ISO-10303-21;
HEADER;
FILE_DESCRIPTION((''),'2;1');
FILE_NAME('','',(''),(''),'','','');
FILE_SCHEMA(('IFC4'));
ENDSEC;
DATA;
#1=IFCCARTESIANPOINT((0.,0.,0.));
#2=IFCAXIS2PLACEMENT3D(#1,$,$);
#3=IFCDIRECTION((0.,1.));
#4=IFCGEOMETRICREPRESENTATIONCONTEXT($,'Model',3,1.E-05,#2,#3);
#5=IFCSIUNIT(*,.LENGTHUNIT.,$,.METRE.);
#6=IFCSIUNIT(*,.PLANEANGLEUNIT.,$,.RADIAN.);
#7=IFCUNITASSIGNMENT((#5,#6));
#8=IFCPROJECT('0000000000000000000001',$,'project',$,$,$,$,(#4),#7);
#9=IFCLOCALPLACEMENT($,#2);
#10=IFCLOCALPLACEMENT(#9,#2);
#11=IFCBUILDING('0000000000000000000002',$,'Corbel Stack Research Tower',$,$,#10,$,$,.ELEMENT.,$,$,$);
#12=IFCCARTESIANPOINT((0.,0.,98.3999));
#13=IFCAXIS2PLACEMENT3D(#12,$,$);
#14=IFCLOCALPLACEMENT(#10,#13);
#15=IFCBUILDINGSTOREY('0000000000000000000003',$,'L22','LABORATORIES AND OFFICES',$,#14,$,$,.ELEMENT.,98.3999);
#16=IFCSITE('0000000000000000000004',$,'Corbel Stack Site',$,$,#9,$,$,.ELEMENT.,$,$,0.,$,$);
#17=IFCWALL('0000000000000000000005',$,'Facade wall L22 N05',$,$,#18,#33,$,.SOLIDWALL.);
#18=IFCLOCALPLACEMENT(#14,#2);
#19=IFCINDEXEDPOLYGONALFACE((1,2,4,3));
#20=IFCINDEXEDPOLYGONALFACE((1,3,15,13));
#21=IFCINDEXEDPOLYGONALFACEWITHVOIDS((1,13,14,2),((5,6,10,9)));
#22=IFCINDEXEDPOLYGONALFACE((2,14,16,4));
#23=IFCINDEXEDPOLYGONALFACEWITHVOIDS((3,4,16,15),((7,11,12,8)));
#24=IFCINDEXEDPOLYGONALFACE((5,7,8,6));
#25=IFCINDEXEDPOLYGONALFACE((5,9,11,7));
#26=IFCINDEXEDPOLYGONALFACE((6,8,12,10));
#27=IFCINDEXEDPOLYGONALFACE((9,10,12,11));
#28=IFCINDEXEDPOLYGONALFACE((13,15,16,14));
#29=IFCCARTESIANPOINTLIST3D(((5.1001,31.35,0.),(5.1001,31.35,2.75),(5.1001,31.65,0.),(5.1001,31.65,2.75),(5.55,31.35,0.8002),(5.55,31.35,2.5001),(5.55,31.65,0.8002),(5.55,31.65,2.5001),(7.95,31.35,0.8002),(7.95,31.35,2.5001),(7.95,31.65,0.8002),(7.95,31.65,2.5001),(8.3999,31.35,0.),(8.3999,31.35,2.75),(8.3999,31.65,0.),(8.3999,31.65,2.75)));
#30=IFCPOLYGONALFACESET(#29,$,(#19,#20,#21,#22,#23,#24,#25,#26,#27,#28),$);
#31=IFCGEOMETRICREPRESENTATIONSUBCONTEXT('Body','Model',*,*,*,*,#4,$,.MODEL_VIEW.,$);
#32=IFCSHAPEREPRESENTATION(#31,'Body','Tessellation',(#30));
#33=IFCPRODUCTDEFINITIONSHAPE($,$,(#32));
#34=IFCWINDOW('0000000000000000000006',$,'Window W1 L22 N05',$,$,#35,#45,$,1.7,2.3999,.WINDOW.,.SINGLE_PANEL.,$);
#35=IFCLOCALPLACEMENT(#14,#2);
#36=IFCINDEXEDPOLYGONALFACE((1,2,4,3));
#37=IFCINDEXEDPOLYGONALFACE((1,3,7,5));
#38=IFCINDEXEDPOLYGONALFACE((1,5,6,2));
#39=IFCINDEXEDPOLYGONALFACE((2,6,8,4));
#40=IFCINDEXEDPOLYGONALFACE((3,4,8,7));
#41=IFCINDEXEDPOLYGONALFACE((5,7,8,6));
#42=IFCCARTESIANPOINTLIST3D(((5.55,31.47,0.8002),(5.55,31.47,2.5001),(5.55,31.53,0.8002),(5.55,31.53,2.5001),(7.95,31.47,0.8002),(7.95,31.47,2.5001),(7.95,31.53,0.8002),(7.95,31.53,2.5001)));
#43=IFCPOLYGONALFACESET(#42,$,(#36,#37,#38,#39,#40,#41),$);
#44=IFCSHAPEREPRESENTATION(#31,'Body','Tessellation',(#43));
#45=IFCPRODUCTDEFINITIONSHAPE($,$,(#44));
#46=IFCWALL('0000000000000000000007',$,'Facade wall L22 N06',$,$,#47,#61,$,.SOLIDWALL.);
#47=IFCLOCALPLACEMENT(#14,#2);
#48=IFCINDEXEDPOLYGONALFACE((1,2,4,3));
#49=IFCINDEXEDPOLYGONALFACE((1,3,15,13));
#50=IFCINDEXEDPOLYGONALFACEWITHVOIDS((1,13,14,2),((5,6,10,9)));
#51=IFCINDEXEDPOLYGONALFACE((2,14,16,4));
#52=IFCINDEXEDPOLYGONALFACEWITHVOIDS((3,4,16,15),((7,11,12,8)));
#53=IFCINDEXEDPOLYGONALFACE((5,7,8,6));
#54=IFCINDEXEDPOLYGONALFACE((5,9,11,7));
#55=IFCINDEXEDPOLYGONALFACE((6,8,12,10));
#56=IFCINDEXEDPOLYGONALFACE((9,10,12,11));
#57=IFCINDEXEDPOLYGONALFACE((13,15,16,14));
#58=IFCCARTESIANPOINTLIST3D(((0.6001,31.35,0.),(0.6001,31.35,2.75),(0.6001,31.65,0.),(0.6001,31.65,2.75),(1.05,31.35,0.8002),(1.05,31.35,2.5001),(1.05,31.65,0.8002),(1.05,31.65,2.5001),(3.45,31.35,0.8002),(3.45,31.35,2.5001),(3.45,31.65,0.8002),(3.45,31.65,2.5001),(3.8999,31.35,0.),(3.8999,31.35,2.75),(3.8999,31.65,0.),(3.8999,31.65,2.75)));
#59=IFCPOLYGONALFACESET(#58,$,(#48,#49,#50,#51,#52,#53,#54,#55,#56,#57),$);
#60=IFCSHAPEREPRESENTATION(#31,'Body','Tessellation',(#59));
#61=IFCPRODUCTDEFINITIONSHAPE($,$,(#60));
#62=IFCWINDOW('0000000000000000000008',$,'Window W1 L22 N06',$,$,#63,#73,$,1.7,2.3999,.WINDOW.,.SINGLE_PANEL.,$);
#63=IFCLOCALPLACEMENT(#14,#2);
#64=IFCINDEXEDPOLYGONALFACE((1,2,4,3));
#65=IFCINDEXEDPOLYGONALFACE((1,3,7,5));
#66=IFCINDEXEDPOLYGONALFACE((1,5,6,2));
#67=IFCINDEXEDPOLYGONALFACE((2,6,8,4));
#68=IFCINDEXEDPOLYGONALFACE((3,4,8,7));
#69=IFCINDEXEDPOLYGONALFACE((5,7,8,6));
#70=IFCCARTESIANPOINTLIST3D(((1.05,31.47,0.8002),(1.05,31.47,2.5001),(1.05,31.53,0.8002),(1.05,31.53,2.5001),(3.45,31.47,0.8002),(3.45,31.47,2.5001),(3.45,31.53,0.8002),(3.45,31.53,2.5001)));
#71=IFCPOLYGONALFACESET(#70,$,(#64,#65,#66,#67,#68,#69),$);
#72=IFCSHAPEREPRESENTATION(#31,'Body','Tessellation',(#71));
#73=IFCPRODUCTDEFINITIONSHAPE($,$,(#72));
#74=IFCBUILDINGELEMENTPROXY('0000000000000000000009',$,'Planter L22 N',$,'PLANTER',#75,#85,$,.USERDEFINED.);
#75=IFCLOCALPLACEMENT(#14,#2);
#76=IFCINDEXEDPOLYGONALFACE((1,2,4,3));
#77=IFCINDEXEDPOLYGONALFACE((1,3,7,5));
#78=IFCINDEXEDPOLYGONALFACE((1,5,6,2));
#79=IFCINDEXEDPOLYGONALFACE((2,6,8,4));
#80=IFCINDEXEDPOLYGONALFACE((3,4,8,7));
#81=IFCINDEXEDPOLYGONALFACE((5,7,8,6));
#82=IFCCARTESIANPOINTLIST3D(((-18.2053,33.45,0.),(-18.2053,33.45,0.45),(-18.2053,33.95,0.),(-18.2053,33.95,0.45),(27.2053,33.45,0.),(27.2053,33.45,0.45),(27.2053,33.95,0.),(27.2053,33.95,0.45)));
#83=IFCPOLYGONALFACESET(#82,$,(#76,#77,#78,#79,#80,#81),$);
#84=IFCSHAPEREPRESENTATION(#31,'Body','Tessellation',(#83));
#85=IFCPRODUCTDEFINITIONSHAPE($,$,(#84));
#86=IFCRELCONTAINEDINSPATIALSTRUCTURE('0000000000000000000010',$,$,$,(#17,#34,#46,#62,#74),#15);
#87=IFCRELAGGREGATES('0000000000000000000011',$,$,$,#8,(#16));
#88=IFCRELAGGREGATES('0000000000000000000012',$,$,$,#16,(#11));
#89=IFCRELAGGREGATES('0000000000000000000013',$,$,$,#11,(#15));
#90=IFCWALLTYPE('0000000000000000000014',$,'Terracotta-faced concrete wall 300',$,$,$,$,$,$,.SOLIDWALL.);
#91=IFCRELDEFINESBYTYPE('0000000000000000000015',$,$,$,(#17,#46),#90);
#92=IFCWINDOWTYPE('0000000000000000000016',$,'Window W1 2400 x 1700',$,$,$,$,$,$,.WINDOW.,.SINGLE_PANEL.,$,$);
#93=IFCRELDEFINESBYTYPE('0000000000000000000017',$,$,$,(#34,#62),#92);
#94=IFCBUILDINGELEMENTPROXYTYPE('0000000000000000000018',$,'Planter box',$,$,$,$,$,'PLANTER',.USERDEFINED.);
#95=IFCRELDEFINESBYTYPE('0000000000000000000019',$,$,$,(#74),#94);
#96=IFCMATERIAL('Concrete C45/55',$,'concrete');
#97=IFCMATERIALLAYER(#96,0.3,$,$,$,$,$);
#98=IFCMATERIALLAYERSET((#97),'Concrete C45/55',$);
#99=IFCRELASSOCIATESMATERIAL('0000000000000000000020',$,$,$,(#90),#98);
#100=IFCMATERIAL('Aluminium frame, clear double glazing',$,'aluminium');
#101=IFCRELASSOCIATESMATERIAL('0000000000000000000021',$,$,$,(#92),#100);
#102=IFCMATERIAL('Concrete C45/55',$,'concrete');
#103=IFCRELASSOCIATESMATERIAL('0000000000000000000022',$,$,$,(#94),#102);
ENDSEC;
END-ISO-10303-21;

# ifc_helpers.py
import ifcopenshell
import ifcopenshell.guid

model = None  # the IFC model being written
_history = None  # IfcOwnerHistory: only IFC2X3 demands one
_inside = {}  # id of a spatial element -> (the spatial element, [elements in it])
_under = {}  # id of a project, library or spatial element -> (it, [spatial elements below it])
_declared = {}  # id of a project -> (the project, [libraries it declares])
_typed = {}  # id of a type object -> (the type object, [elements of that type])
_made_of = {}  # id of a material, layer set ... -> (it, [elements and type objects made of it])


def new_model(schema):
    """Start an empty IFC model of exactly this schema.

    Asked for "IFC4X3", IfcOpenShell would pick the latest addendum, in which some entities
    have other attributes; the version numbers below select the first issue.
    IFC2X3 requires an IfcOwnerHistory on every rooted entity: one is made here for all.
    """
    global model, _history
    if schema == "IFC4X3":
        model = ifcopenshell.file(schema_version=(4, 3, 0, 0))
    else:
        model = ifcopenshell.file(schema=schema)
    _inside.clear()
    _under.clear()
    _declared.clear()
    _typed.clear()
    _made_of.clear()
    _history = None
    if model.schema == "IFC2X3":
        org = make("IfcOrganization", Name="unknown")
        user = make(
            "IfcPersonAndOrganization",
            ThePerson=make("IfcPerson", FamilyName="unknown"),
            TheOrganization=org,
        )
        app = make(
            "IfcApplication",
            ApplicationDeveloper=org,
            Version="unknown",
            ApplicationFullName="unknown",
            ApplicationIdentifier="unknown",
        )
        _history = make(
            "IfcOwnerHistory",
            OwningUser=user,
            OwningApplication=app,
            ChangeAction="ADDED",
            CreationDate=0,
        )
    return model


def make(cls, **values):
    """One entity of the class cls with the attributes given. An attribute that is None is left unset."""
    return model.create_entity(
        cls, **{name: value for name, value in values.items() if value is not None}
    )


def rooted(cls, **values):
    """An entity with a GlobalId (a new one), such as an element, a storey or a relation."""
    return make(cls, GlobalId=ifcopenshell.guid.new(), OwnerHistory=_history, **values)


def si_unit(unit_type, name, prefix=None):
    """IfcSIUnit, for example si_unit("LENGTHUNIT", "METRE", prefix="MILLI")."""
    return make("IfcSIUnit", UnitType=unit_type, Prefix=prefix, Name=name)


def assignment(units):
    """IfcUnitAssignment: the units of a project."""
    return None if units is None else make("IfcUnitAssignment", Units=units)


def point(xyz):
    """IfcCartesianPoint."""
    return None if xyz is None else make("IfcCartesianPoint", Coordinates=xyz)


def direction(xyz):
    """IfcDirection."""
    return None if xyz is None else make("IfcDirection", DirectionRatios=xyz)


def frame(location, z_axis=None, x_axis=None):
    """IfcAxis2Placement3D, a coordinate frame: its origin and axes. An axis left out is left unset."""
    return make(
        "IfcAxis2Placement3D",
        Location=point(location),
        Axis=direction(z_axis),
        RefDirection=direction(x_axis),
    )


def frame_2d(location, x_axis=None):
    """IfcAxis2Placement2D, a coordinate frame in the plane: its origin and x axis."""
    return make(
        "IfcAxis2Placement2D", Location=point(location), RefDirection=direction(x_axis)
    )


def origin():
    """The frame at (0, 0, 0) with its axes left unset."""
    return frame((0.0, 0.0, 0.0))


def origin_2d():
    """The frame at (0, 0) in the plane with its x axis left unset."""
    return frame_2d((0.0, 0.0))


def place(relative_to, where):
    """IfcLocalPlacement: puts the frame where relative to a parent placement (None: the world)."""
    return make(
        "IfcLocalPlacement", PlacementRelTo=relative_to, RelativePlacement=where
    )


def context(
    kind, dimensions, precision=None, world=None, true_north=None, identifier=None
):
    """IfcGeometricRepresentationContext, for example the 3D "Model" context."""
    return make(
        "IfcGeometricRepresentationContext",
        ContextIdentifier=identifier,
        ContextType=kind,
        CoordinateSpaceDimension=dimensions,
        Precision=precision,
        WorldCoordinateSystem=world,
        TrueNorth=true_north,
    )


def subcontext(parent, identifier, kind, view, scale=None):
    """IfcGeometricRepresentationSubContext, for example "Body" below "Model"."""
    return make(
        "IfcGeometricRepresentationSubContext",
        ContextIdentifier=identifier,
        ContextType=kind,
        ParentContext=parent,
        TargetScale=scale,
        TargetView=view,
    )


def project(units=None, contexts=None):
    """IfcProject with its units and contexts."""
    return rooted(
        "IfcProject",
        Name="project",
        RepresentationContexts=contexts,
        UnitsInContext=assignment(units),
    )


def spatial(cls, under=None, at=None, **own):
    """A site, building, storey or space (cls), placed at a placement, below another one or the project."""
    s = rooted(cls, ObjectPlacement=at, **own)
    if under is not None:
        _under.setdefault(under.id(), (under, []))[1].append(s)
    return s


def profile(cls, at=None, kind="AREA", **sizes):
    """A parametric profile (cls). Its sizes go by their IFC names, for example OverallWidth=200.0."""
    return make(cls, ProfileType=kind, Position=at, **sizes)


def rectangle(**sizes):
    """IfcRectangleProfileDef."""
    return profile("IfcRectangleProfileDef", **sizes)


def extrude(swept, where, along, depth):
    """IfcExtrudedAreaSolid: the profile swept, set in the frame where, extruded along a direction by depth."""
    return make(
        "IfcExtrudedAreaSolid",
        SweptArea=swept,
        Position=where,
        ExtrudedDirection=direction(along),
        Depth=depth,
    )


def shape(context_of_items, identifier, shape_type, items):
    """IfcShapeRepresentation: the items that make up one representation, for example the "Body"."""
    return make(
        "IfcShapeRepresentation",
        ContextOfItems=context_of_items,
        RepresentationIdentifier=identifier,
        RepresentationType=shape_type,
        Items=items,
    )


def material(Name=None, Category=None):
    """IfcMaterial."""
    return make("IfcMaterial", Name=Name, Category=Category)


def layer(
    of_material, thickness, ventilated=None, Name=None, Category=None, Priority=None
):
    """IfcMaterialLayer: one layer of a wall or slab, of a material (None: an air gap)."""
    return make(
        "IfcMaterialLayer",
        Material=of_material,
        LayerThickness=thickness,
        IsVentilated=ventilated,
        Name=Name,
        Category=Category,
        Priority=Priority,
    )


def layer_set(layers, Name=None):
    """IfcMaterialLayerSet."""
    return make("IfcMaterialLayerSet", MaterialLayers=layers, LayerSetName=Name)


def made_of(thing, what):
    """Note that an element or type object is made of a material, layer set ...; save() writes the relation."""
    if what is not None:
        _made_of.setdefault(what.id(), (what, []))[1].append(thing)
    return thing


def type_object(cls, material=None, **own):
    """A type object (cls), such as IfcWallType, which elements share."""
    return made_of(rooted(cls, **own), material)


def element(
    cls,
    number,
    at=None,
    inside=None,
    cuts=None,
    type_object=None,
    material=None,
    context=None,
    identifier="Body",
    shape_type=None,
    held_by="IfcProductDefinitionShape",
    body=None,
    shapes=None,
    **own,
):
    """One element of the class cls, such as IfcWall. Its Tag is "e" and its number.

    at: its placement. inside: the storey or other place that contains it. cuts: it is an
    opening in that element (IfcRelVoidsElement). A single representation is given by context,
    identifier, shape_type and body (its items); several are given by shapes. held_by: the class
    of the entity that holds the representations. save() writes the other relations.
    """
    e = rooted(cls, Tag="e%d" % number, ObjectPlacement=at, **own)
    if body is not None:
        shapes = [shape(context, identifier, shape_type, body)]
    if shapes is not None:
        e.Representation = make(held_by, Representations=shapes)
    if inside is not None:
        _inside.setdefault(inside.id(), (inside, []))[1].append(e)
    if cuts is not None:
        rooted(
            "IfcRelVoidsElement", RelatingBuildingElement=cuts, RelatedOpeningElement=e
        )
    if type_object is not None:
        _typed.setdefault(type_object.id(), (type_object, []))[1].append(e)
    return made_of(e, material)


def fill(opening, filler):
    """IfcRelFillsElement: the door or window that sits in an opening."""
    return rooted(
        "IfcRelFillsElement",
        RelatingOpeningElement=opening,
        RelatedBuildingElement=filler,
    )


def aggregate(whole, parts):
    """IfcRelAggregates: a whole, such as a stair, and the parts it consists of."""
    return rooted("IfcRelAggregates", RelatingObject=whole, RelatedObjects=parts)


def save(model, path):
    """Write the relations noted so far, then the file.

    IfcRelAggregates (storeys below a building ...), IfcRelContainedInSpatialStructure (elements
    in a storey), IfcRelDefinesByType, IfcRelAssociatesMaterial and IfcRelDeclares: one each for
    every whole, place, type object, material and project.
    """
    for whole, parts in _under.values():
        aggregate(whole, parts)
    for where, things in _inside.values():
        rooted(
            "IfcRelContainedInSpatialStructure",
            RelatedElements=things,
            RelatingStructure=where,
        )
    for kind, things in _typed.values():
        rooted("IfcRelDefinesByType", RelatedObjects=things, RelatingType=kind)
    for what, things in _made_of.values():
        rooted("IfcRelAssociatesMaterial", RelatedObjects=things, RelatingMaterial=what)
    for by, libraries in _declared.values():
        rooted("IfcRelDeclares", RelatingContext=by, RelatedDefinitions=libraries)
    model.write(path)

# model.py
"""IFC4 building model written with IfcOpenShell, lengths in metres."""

from ifc_helpers import new_model, si_unit, direction, frame, frame_2d, origin, origin_2d, place, context, subcontext, project, spatial, rectangle, extrude, material, layer, layer_set, type_object, element, fill, save


model = new_model("IFC4")

# Units and contexts
model_context = context("Model", 3, precision=1e-05, world=origin(), true_north=direction((0.0, 1.0)))
body_context = subcontext(model_context, "Body", "Model", "MODEL_VIEW")
ifc_project = project(units=[si_unit("LENGTHUNIT", "METRE"), si_unit("PLANEANGLEUNIT", "RADIAN")], contexts=[model_context])

# Site, building, storey
site_placement = place(None, origin())
site = spatial("IfcSite", under=ifc_project, at=site_placement, Name="Corbel Stack Site", CompositionType="ELEMENT", RefElevation=0.0)
building_placement = place(site_placement, origin())
building = spatial("IfcBuilding", under=site, at=building_placement, Name="Corbel Stack Research Tower", CompositionType="ELEMENT")
storey_placement = place(building_placement, frame((0.0, 0.0, 98.3999)))
storey = spatial("IfcBuildingStorey", under=building, at=storey_placement, Name="L22", Description="LABORATORIES AND OFFICES", CompositionType="ELEMENT", Elevation=98.3999)

# Walls, openings, windows
ifc_material_1 = material(Name="Concrete C45/55", Category="concrete")
ifc_layer_1 = layer(ifc_material_1, 0.3)
ifc_layer_set_1 = layer_set([ifc_layer_1], Name="Concrete C45/55")
wall_type_1 = type_object("IfcWallType", Name="Terracotta-faced concrete wall 300", PredefinedType="SOLIDWALL", material=ifc_layer_set_1)
wall_1_placement = place(storey_placement, frame((5.1001, 31.5, 0.0), z_axis=(0.0, 0.0, 1.0), x_axis=(1.0, 0.0, 0.0)))
wall_1 = element("IfcWall", 1, at=wall_1_placement, inside=storey, type_object=wall_type_1, Name="Facade wall L22 N05", PredefinedType="SOLIDWALL", context=body_context, shape_type="SweptSolid", body=[
    extrude(rectangle(XDim=3.2998, YDim=0.3, at=frame_2d((1.6499, 0.0))), origin(), (0.0, 0.0, 1.0), 2.75),
])
opening_1_placement = place(wall_1_placement, frame((0.45, 0.0, 0.8)))
opening_1 = element("IfcOpeningElement", 2, at=opening_1_placement, cuts=wall_1, PredefinedType="OPENING", context=body_context, shape_type="SweptSolid", body=[
    extrude(rectangle(XDim=2.3999, YDim=1.7, at=frame_2d((1.2, 0.8501))), frame((0.0, 0.1599, 0.0), z_axis=(0.0, -1.0, 0.0), x_axis=(1.0, 0.0, 0.0)), (0.0, 0.0, 1.0), 0.3201),
])
ifc_material_2 = material(Name="Aluminium frame, clear double glazing", Category="aluminium")
window_type = type_object("IfcWindowType", Name="Window W1 2400 x 1700", PartitioningType="SINGLE_PANEL", PredefinedType="WINDOW", material=ifc_material_2)
window_1_placement = place(opening_1_placement, origin())
window_1 = element("IfcWindow", 3, at=window_1_placement, inside=storey, type_object=window_type, Name="Window W1 L22 N05", OverallHeight=1.7, OverallWidth=2.3999, PartitioningType="SINGLE_PANEL", PredefinedType="WINDOW", context=body_context, shape_type="SweptSolid", body=[
    extrude(rectangle(XDim=2.3999, YDim=1.7, at=frame_2d((1.2, 0.8501))), frame((0.0, 0.03, 0.0), z_axis=(0.0, -1.0, 0.0), x_axis=(1.0, 0.0, 0.0)), (0.0, 0.0, 1.0), 0.0601),
])
fill(opening_1, window_1)
wall_2_placement = place(storey_placement, frame((0.6001, 31.5, 0.0), z_axis=(0.0, 0.0, 1.0), x_axis=(1.0, 0.0, 0.0)))
wall_2 = element("IfcWall", 4, at=wall_2_placement, inside=storey, type_object=wall_type_1, Name="Facade wall L22 N06", PredefinedType="SOLIDWALL", context=body_context, shape_type="SweptSolid", body=[
    extrude(rectangle(XDim=3.2998, YDim=0.3, at=frame_2d((1.6499, 0.0))), origin(), (0.0, 0.0, 1.0), 2.75),
])
opening_2_placement = place(wall_2_placement, frame((0.45, 0.0, 0.8)))
opening_2 = element("IfcOpeningElement", 5, at=opening_2_placement, cuts=wall_2, PredefinedType="OPENING", context=body_context, shape_type="SweptSolid", body=[
    extrude(rectangle(XDim=2.3999, YDim=1.7, at=frame_2d((1.2, 0.8501))), frame((0.0, 0.1599, 0.0), z_axis=(0.0, -1.0, 0.0), x_axis=(1.0, 0.0, 0.0)), (0.0, 0.0, 1.0), 0.3201),
])
window_2_placement = place(opening_2_placement, origin())
window_2 = element("IfcWindow", 6, at=window_2_placement, inside=storey, type_object=window_type, Name="Window W1 L22 N06", OverallHeight=1.7, OverallWidth=2.3999, PartitioningType="SINGLE_PANEL", PredefinedType="WINDOW", context=body_context, shape_type="SweptSolid", body=[
    extrude(rectangle(XDim=2.3999, YDim=1.7, at=frame_2d((1.2, 0.8501))), frame((0.0, 0.03, 0.0), z_axis=(0.0, -1.0, 0.0), x_axis=(1.0, 0.0, 0.0)), (0.0, 0.0, 1.0), 0.0601),
])
fill(opening_2, window_2)

# Building element proxy
ifc_material_3 = material(Name="Concrete C45/55", Category="concrete")
building_element_proxy_type = type_object("IfcBuildingElementProxyType", Name="Planter box", ElementType="PLANTER", PredefinedType="USERDEFINED", material=ifc_material_3)
proxy_placement = place(storey_placement, frame((4.5, 33.7, 0.0), z_axis=(0.0, 0.0, 1.0), x_axis=(-1.0, 0.0, 0.0)))
element("IfcBuildingElementProxy", 7, at=proxy_placement, inside=storey, type_object=building_element_proxy_type, Name="Planter L22 N", ObjectType="PLANTER", PredefinedType="USERDEFINED", context=body_context, shape_type="SweptSolid", body=[
    extrude(rectangle(XDim=45.4106, YDim=0.5, at=origin_2d()), origin(), (0.0, 0.0, 1.0), 0.45),
])

save(model, "model.ifc")
